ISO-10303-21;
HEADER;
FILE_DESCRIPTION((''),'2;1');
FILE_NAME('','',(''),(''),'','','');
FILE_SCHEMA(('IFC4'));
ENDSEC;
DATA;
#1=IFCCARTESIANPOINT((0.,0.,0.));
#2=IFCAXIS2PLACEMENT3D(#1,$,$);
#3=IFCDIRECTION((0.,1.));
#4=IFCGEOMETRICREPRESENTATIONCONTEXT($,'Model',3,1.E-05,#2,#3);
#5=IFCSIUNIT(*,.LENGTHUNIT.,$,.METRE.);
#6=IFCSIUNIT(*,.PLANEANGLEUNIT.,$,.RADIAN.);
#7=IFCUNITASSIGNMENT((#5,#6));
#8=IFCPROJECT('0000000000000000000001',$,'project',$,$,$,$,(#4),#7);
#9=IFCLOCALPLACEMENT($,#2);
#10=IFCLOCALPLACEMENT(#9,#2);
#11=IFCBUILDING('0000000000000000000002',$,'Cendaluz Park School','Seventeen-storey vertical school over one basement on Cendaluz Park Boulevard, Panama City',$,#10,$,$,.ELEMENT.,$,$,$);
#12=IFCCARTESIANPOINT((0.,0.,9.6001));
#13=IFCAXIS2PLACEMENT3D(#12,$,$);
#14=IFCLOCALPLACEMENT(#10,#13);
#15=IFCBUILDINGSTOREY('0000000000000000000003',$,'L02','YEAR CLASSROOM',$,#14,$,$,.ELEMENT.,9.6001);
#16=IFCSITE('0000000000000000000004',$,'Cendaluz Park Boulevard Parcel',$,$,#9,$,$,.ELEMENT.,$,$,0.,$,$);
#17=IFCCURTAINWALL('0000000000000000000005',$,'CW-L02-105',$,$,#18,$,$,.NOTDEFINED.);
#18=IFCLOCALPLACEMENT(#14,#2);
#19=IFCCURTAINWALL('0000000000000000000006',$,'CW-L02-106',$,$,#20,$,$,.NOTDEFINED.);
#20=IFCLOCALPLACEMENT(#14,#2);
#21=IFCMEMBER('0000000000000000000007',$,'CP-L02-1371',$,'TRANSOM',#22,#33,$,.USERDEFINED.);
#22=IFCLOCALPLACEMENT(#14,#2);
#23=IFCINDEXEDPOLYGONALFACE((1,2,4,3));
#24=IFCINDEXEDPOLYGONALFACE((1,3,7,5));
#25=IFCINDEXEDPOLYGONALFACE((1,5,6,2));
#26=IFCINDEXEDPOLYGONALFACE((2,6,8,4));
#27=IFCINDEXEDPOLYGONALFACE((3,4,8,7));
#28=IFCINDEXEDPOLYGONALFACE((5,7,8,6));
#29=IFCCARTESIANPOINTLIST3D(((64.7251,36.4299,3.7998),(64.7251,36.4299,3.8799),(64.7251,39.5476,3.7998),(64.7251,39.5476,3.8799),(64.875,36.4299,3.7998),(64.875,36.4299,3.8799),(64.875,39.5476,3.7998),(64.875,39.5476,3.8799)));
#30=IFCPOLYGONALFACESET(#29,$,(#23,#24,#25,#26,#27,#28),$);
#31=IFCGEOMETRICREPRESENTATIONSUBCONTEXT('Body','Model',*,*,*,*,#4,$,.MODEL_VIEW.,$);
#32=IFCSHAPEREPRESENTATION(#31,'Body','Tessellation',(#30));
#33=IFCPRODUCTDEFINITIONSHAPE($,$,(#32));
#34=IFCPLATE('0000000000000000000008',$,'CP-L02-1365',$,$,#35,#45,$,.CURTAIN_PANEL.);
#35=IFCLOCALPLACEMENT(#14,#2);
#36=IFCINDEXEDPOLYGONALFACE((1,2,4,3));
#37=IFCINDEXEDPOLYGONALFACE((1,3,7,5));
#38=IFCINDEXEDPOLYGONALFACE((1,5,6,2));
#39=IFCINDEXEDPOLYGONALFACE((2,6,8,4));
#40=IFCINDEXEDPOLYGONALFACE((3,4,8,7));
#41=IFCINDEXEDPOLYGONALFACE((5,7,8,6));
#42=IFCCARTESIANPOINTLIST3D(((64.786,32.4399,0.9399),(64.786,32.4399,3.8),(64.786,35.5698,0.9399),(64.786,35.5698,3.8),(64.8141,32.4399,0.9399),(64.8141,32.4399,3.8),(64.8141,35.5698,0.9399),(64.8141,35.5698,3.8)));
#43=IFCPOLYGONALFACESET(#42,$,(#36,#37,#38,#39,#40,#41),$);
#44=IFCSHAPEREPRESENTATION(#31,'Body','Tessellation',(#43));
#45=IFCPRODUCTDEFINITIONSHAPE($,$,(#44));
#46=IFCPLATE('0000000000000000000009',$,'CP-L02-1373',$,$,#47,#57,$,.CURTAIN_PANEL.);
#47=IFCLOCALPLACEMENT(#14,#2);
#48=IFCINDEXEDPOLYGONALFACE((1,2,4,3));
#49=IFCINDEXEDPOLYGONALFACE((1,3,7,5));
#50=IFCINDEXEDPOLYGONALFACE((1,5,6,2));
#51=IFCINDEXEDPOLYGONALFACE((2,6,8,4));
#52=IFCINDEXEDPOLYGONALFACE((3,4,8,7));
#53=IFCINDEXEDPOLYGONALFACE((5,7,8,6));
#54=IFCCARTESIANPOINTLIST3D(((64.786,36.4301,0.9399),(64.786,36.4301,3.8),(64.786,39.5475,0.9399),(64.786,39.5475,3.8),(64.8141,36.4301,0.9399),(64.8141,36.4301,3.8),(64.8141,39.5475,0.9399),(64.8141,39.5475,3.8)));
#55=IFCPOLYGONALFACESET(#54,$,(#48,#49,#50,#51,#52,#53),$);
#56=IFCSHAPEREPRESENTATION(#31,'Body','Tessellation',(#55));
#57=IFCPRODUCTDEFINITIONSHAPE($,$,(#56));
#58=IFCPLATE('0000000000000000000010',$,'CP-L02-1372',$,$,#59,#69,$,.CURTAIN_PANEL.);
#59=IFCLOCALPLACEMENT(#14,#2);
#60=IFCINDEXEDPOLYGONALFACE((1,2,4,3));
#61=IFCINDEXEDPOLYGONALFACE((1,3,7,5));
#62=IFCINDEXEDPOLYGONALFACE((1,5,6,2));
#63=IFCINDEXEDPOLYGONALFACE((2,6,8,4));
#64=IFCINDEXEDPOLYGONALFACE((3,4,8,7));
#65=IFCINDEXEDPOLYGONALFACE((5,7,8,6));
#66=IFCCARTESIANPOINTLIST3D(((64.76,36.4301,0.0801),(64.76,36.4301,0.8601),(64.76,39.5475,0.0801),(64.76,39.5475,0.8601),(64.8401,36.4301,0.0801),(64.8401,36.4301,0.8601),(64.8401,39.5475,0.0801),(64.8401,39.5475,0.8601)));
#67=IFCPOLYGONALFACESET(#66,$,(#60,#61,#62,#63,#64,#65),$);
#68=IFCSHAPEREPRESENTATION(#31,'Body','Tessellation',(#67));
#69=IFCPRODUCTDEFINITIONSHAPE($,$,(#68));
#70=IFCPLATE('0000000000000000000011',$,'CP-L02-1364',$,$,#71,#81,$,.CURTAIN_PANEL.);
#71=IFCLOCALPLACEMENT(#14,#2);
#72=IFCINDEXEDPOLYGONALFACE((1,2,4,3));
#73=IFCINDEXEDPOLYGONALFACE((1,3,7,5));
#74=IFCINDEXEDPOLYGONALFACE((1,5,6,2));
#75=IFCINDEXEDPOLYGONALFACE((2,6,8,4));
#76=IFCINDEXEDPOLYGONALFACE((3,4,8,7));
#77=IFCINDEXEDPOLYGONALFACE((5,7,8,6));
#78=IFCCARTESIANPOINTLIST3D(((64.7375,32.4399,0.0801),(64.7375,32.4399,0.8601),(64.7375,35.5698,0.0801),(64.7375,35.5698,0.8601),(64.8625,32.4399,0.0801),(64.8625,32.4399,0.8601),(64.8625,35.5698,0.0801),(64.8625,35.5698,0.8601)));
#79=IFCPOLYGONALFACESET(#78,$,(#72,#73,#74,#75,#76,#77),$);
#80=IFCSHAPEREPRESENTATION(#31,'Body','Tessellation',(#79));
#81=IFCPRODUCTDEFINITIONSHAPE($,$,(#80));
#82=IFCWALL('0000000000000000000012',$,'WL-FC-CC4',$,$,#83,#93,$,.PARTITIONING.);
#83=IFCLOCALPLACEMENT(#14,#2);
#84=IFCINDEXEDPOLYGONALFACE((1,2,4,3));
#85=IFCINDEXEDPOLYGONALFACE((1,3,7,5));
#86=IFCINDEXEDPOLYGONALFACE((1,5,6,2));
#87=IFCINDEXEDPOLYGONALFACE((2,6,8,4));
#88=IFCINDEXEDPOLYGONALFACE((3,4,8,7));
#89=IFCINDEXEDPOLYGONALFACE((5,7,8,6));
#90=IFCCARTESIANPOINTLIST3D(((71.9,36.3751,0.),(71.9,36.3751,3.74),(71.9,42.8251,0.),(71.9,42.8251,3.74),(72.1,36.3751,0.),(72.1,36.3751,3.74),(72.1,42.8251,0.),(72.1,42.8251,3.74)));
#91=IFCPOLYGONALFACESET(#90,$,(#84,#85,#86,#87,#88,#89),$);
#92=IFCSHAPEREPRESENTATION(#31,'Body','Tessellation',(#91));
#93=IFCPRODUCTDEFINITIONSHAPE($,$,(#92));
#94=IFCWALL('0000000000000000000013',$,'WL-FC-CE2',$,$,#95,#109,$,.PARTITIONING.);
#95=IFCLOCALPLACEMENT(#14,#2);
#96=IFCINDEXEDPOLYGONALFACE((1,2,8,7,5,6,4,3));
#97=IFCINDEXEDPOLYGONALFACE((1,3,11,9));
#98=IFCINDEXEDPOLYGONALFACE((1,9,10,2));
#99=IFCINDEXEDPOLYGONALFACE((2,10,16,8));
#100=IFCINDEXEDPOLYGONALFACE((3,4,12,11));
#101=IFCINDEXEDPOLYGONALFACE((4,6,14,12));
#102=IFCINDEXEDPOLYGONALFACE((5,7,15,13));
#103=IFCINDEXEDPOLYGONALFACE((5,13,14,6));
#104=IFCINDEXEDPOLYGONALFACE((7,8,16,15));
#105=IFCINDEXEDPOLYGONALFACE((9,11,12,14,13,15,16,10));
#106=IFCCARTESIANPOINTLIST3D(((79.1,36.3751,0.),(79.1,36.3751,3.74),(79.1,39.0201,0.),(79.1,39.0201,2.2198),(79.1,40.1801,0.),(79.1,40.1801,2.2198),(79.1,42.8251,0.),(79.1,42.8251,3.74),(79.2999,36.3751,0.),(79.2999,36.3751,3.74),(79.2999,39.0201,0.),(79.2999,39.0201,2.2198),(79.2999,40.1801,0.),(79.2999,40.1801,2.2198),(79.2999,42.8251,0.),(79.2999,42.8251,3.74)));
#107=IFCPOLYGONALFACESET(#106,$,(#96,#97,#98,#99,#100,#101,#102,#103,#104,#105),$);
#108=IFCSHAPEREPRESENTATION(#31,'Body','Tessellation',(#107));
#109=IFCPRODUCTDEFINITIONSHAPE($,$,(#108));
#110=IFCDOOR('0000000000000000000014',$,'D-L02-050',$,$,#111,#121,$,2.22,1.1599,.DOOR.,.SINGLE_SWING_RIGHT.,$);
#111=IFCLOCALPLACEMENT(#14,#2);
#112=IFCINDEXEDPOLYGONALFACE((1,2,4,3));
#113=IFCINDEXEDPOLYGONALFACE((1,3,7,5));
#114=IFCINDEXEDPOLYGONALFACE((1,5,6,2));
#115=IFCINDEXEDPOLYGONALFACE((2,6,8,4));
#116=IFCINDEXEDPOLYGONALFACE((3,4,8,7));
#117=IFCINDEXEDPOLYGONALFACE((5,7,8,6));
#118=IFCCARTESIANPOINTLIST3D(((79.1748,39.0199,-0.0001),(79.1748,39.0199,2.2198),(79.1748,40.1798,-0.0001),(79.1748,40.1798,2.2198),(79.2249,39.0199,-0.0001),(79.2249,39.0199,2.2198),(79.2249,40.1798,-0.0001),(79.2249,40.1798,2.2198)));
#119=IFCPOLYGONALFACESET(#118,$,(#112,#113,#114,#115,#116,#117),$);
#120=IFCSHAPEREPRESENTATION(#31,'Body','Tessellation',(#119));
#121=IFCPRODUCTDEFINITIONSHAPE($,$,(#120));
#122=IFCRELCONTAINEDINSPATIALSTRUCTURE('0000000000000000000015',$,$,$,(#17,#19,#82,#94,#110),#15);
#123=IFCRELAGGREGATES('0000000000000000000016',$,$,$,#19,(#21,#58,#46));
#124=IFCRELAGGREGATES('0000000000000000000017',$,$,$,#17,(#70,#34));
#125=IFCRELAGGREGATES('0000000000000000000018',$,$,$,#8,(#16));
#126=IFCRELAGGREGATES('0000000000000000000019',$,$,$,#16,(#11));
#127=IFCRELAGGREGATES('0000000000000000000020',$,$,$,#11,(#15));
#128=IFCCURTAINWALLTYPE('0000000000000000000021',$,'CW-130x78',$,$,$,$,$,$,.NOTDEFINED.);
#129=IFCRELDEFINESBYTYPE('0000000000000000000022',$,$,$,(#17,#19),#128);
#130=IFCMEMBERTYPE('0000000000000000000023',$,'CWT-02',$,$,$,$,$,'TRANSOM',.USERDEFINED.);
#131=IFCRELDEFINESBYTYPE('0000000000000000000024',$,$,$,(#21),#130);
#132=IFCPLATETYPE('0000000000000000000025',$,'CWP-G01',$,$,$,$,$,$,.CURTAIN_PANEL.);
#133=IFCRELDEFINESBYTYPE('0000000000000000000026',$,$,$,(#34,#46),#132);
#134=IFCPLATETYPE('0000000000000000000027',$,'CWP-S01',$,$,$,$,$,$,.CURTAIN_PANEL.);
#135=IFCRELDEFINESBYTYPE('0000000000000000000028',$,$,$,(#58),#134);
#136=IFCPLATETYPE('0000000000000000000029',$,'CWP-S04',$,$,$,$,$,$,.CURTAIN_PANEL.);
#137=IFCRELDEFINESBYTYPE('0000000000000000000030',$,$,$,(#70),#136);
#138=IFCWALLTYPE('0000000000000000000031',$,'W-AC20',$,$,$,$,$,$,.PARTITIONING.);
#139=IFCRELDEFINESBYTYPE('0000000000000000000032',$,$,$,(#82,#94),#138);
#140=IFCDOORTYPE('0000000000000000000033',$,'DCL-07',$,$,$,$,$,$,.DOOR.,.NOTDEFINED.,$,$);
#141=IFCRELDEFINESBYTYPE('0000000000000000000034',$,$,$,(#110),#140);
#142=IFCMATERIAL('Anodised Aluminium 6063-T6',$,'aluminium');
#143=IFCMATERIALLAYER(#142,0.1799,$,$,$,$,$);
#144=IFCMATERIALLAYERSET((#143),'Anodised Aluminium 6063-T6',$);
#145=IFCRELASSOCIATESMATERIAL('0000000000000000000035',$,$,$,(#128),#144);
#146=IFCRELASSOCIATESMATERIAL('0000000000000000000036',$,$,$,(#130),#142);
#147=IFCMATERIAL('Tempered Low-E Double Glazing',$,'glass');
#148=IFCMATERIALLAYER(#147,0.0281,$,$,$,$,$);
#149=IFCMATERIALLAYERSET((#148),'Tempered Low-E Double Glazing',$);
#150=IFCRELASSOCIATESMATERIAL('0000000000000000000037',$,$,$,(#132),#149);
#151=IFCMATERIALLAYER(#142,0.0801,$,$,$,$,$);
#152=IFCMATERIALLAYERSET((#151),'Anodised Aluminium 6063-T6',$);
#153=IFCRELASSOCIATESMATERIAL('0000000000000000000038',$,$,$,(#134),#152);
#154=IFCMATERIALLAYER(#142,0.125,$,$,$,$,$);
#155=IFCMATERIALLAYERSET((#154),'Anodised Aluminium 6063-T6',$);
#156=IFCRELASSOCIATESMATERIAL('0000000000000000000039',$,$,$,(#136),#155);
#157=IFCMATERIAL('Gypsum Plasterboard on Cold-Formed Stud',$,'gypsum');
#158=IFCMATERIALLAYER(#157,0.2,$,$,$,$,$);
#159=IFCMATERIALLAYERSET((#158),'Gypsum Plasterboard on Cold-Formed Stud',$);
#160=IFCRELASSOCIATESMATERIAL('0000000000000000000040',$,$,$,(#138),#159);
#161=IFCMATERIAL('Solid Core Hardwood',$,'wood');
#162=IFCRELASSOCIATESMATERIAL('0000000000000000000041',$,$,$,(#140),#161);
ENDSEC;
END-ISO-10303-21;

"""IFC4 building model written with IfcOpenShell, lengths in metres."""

from ifc_helpers import new_model, si_unit, direction, frame, frame_2d, origin, origin_2d, place, context, subcontext, project, spatial, rectangle, extrude, material, layer, layer_set, material_profile, profile_set, type_object, element, fill, aggregate, save


model = new_model("IFC4")

# Units and contexts
model_context = context("Model", 3, precision=1e-05, world=origin(), true_north=direction((0.0, 1.0)))
body_context = subcontext(model_context, "Body", "Model", "MODEL_VIEW")
ifc_project = project(units=[si_unit("LENGTHUNIT", "METRE"), si_unit("PLANEANGLEUNIT", "RADIAN")], contexts=[model_context])

# Site, building, storey
site_placement = place(None, origin())
site = spatial("IfcSite", under=ifc_project, at=site_placement, Name="Cendaluz Park Boulevard Parcel", CompositionType="ELEMENT", RefElevation=0.0)
building_placement = place(site_placement, origin())
building = spatial("IfcBuilding", under=site, at=building_placement, Name="Cendaluz Park School", Description="Seventeen-storey vertical school over one basement on Cendaluz Park Boulevard, Panama City", CompositionType="ELEMENT")
storey_placement = place(building_placement, frame((0.0, 0.0, 9.6001)))
storey = spatial("IfcBuildingStorey", under=building, at=storey_placement, Name="L02", Description="YEAR CLASSROOM", CompositionType="ELEMENT", Elevation=9.6001)

# Curtain walls
ifc_material_1 = material(Name="Anodised Aluminium 6063-T6", Category="aluminium")
ifc_layer_1 = layer(ifc_material_1, 0.1799)
ifc_layer_set_1 = layer_set([ifc_layer_1], Name="Anodised Aluminium 6063-T6")
curtain_wall_type = type_object("IfcCurtainWallType", Name="CW-130x78", PredefinedType="NOTDEFINED", material=ifc_layer_set_1)
curtain_wall_1_placement = place(storey_placement, origin())
curtain_wall_1 = element("IfcCurtainWall", 1, at=curtain_wall_1_placement, inside=storey, type_object=curtain_wall_type, Name="CW-L02-105", PredefinedType="NOTDEFINED")
curtain_wall_2_placement = place(storey_placement, origin())
curtain_wall_2 = element("IfcCurtainWall", 2, at=curtain_wall_2_placement, inside=storey, type_object=curtain_wall_type, Name="CW-L02-106", PredefinedType="NOTDEFINED")

# Member
ifc_material_profile_1 = material_profile(ifc_material_1, rectangle(XDim=0.1499, YDim=0.0801, at=origin_2d()), Name="CWT 150x80", Category="aluminium")
ifc_profile_set_1 = profile_set([ifc_material_profile_1], Name="Anodised Aluminium 6063-T6")
member_type_1 = type_object("IfcMemberType", Name="CWT-02", ElementType="TRANSOM", PredefinedType="USERDEFINED", material=ifc_profile_set_1)
member_1_placement = place(storey_placement, frame((64.8, 36.4299, 3.8398), z_axis=(0.0, 1.0, 0.0), x_axis=(-1.0, 0.0, 0.0)))
member_1 = element("IfcMember", 3, at=member_1_placement, type_object=member_type_1, Name="CP-L02-1371", ObjectType="TRANSOM", PredefinedType="USERDEFINED", context=body_context, shape_type="SweptSolid", body=[
    extrude(rectangle(XDim=0.1499, YDim=0.0801, at=origin_2d()), origin(), (0.0, 0.0, 1.0), 3.1177),
])

# Plates
ifc_material_2 = material(Name="Tempered Low-E Double Glazing", Category="glass")
ifc_layer_2 = layer(ifc_material_2, 0.0281)
ifc_layer_set_2 = layer_set([ifc_layer_2], Name="Tempered Low-E Double Glazing")
plate_type_1 = type_object("IfcPlateType", Name="CWP-G01", PredefinedType="CURTAIN_PANEL", material=ifc_layer_set_2)
plate_1_placement = place(storey_placement, frame((64.8, 34.0049, 0.9399), z_axis=(0.0, 0.0, 1.0), x_axis=(0.0, 1.0, 0.0)))
plate_1 = element("IfcPlate", 4, at=plate_1_placement, type_object=plate_type_1, Name="CP-L02-1365", PredefinedType="CURTAIN_PANEL", context=body_context, shape_type="SweptSolid", body=[
    extrude(rectangle(XDim=3.1299, YDim=0.0281, at=origin_2d()), origin(), (0.0, 0.0, 1.0), 2.8601),
])
plate_2_placement = place(storey_placement, frame((64.8, 37.9888, 0.9399), z_axis=(0.0, 0.0, 1.0), x_axis=(0.0, 1.0, 0.0)))
plate_2 = element("IfcPlate", 5, at=plate_2_placement, type_object=plate_type_1, Name="CP-L02-1373", PredefinedType="CURTAIN_PANEL", context=body_context, shape_type="SweptSolid", body=[
    extrude(rectangle(XDim=3.1174, YDim=0.0281, at=origin_2d()), origin(), (0.0, 0.0, 1.0), 2.8601),
])
ifc_layer_3 = layer(ifc_material_1, 0.0801)
ifc_layer_set_3 = layer_set([ifc_layer_3], Name="Anodised Aluminium 6063-T6")
plate_type_2 = type_object("IfcPlateType", Name="CWP-S01", PredefinedType="CURTAIN_PANEL", material=ifc_layer_set_3)
plate_3_placement = place(storey_placement, frame((64.8, 37.9888, 0.0801), z_axis=(0.0, 0.0, 1.0), x_axis=(0.0, 1.0, 0.0)))
plate_3 = element("IfcPlate", 6, at=plate_3_placement, type_object=plate_type_2, Name="CP-L02-1372", PredefinedType="CURTAIN_PANEL", context=body_context, shape_type="SweptSolid", body=[
    extrude(rectangle(XDim=3.1174, YDim=0.0801, at=origin_2d()), origin(), (0.0, 0.0, 1.0), 0.78),
])
aggregate(curtain_wall_2, [member_1, plate_3, plate_2])
ifc_layer_4 = layer(ifc_material_1, 0.125)
ifc_layer_set_4 = layer_set([ifc_layer_4], Name="Anodised Aluminium 6063-T6")
plate_type_3 = type_object("IfcPlateType", Name="CWP-S04", PredefinedType="CURTAIN_PANEL", material=ifc_layer_set_4)
plate_4_placement = place(storey_placement, frame((64.8, 34.0049, 0.0801), z_axis=(0.0, 0.0, 1.0), x_axis=(0.0, 1.0, 0.0)))
plate_4 = element("IfcPlate", 7, at=plate_4_placement, type_object=plate_type_3, Name="CP-L02-1364", PredefinedType="CURTAIN_PANEL", context=body_context, shape_type="SweptSolid", body=[
    extrude(rectangle(XDim=3.1299, YDim=0.125, at=origin_2d()), origin(), (0.0, 0.0, 1.0), 0.78),
])
aggregate(curtain_wall_1, [plate_4, plate_1])

# Wall
ifc_material_3 = material(Name="Gypsum Plasterboard on Cold-Formed Stud", Category="gypsum")
ifc_layer_5 = layer(ifc_material_3, 0.2)
ifc_layer_set_5 = layer_set([ifc_layer_5], Name="Gypsum Plasterboard on Cold-Formed Stud")
wall_type = type_object("IfcWallType", Name="W-AC20", PredefinedType="PARTITIONING", material=ifc_layer_set_5)
wall_1_placement = place(storey_placement, frame((72.0, 36.375, 0.0), z_axis=(0.0, 0.0, 1.0), x_axis=(0.0, 1.0, 0.0)))
element("IfcWall", 8, at=wall_1_placement, inside=storey, type_object=wall_type, Name="WL-FC-CC4", PredefinedType="PARTITIONING", context=body_context, shape_type="SweptSolid", body=[
    extrude(rectangle(XDim=6.45, YDim=0.2, at=frame_2d((3.2251, 0.0))), origin(), (0.0, 0.0, 1.0), 3.74),
])

# Wall, opening, door
wall_2_placement = place(storey_placement, frame((79.2, 36.375, 0.0), z_axis=(0.0, 0.0, 1.0), x_axis=(0.0, 1.0, 0.0)))
wall_2 = element("IfcWall", 9, at=wall_2_placement, inside=storey, type_object=wall_type, Name="WL-FC-CE2", PredefinedType="PARTITIONING", context=body_context, shape_type="SweptSolid", body=[
    extrude(rectangle(XDim=6.45, YDim=0.2, at=frame_2d((3.2251, 0.0))), origin(), (0.0, 0.0, 1.0), 3.74),
])
opening_placement = place(wall_2_placement, frame((2.645, 0.0, 0.0)))
opening = element("IfcOpeningElement", 10, at=opening_placement, cuts=wall_2, PredefinedType="OPENING", context=body_context, shape_type="SweptSolid", body=[
    extrude(rectangle(XDim=1.1599, YDim=2.22, at=frame_2d((0.5801, 1.1099))), frame((0.0, 0.1121, 0.0), z_axis=(0.0, -1.0, 0.0), x_axis=(1.0, 0.0, 0.0)), (0.0, 0.0, 1.0), 0.2239),
])
ifc_material_4 = material(Name="Solid Core Hardwood", Category="wood")
door_type = type_object("IfcDoorType", Name="DCL-07", OperationType="NOTDEFINED", PredefinedType="DOOR", material=ifc_material_4)
door_placement = place(opening_placement, frame((1.1599, 0.0, 0.0), z_axis=(0.0, 0.0, 1.0), x_axis=(-1.0, 0.0, 0.0)))
door = element("IfcDoor", 11, at=door_placement, inside=storey, type_object=door_type, Name="D-L02-050", OperationType="SINGLE_SWING_RIGHT", OverallHeight=2.22, OverallWidth=1.1599, PredefinedType="DOOR", context=body_context, shape_type="SweptSolid", body=[
    extrude(rectangle(XDim=1.1599, YDim=2.22, at=frame_2d((0.5801, 1.1099))), frame((0.0, 0.0249, 0.0), z_axis=(0.0, -1.0, 0.0), x_axis=(1.0, 0.0, 0.0)), (0.0, 0.0, 1.0), 0.05),
])
fill(opening, door)

save(model, "model.ifc")
